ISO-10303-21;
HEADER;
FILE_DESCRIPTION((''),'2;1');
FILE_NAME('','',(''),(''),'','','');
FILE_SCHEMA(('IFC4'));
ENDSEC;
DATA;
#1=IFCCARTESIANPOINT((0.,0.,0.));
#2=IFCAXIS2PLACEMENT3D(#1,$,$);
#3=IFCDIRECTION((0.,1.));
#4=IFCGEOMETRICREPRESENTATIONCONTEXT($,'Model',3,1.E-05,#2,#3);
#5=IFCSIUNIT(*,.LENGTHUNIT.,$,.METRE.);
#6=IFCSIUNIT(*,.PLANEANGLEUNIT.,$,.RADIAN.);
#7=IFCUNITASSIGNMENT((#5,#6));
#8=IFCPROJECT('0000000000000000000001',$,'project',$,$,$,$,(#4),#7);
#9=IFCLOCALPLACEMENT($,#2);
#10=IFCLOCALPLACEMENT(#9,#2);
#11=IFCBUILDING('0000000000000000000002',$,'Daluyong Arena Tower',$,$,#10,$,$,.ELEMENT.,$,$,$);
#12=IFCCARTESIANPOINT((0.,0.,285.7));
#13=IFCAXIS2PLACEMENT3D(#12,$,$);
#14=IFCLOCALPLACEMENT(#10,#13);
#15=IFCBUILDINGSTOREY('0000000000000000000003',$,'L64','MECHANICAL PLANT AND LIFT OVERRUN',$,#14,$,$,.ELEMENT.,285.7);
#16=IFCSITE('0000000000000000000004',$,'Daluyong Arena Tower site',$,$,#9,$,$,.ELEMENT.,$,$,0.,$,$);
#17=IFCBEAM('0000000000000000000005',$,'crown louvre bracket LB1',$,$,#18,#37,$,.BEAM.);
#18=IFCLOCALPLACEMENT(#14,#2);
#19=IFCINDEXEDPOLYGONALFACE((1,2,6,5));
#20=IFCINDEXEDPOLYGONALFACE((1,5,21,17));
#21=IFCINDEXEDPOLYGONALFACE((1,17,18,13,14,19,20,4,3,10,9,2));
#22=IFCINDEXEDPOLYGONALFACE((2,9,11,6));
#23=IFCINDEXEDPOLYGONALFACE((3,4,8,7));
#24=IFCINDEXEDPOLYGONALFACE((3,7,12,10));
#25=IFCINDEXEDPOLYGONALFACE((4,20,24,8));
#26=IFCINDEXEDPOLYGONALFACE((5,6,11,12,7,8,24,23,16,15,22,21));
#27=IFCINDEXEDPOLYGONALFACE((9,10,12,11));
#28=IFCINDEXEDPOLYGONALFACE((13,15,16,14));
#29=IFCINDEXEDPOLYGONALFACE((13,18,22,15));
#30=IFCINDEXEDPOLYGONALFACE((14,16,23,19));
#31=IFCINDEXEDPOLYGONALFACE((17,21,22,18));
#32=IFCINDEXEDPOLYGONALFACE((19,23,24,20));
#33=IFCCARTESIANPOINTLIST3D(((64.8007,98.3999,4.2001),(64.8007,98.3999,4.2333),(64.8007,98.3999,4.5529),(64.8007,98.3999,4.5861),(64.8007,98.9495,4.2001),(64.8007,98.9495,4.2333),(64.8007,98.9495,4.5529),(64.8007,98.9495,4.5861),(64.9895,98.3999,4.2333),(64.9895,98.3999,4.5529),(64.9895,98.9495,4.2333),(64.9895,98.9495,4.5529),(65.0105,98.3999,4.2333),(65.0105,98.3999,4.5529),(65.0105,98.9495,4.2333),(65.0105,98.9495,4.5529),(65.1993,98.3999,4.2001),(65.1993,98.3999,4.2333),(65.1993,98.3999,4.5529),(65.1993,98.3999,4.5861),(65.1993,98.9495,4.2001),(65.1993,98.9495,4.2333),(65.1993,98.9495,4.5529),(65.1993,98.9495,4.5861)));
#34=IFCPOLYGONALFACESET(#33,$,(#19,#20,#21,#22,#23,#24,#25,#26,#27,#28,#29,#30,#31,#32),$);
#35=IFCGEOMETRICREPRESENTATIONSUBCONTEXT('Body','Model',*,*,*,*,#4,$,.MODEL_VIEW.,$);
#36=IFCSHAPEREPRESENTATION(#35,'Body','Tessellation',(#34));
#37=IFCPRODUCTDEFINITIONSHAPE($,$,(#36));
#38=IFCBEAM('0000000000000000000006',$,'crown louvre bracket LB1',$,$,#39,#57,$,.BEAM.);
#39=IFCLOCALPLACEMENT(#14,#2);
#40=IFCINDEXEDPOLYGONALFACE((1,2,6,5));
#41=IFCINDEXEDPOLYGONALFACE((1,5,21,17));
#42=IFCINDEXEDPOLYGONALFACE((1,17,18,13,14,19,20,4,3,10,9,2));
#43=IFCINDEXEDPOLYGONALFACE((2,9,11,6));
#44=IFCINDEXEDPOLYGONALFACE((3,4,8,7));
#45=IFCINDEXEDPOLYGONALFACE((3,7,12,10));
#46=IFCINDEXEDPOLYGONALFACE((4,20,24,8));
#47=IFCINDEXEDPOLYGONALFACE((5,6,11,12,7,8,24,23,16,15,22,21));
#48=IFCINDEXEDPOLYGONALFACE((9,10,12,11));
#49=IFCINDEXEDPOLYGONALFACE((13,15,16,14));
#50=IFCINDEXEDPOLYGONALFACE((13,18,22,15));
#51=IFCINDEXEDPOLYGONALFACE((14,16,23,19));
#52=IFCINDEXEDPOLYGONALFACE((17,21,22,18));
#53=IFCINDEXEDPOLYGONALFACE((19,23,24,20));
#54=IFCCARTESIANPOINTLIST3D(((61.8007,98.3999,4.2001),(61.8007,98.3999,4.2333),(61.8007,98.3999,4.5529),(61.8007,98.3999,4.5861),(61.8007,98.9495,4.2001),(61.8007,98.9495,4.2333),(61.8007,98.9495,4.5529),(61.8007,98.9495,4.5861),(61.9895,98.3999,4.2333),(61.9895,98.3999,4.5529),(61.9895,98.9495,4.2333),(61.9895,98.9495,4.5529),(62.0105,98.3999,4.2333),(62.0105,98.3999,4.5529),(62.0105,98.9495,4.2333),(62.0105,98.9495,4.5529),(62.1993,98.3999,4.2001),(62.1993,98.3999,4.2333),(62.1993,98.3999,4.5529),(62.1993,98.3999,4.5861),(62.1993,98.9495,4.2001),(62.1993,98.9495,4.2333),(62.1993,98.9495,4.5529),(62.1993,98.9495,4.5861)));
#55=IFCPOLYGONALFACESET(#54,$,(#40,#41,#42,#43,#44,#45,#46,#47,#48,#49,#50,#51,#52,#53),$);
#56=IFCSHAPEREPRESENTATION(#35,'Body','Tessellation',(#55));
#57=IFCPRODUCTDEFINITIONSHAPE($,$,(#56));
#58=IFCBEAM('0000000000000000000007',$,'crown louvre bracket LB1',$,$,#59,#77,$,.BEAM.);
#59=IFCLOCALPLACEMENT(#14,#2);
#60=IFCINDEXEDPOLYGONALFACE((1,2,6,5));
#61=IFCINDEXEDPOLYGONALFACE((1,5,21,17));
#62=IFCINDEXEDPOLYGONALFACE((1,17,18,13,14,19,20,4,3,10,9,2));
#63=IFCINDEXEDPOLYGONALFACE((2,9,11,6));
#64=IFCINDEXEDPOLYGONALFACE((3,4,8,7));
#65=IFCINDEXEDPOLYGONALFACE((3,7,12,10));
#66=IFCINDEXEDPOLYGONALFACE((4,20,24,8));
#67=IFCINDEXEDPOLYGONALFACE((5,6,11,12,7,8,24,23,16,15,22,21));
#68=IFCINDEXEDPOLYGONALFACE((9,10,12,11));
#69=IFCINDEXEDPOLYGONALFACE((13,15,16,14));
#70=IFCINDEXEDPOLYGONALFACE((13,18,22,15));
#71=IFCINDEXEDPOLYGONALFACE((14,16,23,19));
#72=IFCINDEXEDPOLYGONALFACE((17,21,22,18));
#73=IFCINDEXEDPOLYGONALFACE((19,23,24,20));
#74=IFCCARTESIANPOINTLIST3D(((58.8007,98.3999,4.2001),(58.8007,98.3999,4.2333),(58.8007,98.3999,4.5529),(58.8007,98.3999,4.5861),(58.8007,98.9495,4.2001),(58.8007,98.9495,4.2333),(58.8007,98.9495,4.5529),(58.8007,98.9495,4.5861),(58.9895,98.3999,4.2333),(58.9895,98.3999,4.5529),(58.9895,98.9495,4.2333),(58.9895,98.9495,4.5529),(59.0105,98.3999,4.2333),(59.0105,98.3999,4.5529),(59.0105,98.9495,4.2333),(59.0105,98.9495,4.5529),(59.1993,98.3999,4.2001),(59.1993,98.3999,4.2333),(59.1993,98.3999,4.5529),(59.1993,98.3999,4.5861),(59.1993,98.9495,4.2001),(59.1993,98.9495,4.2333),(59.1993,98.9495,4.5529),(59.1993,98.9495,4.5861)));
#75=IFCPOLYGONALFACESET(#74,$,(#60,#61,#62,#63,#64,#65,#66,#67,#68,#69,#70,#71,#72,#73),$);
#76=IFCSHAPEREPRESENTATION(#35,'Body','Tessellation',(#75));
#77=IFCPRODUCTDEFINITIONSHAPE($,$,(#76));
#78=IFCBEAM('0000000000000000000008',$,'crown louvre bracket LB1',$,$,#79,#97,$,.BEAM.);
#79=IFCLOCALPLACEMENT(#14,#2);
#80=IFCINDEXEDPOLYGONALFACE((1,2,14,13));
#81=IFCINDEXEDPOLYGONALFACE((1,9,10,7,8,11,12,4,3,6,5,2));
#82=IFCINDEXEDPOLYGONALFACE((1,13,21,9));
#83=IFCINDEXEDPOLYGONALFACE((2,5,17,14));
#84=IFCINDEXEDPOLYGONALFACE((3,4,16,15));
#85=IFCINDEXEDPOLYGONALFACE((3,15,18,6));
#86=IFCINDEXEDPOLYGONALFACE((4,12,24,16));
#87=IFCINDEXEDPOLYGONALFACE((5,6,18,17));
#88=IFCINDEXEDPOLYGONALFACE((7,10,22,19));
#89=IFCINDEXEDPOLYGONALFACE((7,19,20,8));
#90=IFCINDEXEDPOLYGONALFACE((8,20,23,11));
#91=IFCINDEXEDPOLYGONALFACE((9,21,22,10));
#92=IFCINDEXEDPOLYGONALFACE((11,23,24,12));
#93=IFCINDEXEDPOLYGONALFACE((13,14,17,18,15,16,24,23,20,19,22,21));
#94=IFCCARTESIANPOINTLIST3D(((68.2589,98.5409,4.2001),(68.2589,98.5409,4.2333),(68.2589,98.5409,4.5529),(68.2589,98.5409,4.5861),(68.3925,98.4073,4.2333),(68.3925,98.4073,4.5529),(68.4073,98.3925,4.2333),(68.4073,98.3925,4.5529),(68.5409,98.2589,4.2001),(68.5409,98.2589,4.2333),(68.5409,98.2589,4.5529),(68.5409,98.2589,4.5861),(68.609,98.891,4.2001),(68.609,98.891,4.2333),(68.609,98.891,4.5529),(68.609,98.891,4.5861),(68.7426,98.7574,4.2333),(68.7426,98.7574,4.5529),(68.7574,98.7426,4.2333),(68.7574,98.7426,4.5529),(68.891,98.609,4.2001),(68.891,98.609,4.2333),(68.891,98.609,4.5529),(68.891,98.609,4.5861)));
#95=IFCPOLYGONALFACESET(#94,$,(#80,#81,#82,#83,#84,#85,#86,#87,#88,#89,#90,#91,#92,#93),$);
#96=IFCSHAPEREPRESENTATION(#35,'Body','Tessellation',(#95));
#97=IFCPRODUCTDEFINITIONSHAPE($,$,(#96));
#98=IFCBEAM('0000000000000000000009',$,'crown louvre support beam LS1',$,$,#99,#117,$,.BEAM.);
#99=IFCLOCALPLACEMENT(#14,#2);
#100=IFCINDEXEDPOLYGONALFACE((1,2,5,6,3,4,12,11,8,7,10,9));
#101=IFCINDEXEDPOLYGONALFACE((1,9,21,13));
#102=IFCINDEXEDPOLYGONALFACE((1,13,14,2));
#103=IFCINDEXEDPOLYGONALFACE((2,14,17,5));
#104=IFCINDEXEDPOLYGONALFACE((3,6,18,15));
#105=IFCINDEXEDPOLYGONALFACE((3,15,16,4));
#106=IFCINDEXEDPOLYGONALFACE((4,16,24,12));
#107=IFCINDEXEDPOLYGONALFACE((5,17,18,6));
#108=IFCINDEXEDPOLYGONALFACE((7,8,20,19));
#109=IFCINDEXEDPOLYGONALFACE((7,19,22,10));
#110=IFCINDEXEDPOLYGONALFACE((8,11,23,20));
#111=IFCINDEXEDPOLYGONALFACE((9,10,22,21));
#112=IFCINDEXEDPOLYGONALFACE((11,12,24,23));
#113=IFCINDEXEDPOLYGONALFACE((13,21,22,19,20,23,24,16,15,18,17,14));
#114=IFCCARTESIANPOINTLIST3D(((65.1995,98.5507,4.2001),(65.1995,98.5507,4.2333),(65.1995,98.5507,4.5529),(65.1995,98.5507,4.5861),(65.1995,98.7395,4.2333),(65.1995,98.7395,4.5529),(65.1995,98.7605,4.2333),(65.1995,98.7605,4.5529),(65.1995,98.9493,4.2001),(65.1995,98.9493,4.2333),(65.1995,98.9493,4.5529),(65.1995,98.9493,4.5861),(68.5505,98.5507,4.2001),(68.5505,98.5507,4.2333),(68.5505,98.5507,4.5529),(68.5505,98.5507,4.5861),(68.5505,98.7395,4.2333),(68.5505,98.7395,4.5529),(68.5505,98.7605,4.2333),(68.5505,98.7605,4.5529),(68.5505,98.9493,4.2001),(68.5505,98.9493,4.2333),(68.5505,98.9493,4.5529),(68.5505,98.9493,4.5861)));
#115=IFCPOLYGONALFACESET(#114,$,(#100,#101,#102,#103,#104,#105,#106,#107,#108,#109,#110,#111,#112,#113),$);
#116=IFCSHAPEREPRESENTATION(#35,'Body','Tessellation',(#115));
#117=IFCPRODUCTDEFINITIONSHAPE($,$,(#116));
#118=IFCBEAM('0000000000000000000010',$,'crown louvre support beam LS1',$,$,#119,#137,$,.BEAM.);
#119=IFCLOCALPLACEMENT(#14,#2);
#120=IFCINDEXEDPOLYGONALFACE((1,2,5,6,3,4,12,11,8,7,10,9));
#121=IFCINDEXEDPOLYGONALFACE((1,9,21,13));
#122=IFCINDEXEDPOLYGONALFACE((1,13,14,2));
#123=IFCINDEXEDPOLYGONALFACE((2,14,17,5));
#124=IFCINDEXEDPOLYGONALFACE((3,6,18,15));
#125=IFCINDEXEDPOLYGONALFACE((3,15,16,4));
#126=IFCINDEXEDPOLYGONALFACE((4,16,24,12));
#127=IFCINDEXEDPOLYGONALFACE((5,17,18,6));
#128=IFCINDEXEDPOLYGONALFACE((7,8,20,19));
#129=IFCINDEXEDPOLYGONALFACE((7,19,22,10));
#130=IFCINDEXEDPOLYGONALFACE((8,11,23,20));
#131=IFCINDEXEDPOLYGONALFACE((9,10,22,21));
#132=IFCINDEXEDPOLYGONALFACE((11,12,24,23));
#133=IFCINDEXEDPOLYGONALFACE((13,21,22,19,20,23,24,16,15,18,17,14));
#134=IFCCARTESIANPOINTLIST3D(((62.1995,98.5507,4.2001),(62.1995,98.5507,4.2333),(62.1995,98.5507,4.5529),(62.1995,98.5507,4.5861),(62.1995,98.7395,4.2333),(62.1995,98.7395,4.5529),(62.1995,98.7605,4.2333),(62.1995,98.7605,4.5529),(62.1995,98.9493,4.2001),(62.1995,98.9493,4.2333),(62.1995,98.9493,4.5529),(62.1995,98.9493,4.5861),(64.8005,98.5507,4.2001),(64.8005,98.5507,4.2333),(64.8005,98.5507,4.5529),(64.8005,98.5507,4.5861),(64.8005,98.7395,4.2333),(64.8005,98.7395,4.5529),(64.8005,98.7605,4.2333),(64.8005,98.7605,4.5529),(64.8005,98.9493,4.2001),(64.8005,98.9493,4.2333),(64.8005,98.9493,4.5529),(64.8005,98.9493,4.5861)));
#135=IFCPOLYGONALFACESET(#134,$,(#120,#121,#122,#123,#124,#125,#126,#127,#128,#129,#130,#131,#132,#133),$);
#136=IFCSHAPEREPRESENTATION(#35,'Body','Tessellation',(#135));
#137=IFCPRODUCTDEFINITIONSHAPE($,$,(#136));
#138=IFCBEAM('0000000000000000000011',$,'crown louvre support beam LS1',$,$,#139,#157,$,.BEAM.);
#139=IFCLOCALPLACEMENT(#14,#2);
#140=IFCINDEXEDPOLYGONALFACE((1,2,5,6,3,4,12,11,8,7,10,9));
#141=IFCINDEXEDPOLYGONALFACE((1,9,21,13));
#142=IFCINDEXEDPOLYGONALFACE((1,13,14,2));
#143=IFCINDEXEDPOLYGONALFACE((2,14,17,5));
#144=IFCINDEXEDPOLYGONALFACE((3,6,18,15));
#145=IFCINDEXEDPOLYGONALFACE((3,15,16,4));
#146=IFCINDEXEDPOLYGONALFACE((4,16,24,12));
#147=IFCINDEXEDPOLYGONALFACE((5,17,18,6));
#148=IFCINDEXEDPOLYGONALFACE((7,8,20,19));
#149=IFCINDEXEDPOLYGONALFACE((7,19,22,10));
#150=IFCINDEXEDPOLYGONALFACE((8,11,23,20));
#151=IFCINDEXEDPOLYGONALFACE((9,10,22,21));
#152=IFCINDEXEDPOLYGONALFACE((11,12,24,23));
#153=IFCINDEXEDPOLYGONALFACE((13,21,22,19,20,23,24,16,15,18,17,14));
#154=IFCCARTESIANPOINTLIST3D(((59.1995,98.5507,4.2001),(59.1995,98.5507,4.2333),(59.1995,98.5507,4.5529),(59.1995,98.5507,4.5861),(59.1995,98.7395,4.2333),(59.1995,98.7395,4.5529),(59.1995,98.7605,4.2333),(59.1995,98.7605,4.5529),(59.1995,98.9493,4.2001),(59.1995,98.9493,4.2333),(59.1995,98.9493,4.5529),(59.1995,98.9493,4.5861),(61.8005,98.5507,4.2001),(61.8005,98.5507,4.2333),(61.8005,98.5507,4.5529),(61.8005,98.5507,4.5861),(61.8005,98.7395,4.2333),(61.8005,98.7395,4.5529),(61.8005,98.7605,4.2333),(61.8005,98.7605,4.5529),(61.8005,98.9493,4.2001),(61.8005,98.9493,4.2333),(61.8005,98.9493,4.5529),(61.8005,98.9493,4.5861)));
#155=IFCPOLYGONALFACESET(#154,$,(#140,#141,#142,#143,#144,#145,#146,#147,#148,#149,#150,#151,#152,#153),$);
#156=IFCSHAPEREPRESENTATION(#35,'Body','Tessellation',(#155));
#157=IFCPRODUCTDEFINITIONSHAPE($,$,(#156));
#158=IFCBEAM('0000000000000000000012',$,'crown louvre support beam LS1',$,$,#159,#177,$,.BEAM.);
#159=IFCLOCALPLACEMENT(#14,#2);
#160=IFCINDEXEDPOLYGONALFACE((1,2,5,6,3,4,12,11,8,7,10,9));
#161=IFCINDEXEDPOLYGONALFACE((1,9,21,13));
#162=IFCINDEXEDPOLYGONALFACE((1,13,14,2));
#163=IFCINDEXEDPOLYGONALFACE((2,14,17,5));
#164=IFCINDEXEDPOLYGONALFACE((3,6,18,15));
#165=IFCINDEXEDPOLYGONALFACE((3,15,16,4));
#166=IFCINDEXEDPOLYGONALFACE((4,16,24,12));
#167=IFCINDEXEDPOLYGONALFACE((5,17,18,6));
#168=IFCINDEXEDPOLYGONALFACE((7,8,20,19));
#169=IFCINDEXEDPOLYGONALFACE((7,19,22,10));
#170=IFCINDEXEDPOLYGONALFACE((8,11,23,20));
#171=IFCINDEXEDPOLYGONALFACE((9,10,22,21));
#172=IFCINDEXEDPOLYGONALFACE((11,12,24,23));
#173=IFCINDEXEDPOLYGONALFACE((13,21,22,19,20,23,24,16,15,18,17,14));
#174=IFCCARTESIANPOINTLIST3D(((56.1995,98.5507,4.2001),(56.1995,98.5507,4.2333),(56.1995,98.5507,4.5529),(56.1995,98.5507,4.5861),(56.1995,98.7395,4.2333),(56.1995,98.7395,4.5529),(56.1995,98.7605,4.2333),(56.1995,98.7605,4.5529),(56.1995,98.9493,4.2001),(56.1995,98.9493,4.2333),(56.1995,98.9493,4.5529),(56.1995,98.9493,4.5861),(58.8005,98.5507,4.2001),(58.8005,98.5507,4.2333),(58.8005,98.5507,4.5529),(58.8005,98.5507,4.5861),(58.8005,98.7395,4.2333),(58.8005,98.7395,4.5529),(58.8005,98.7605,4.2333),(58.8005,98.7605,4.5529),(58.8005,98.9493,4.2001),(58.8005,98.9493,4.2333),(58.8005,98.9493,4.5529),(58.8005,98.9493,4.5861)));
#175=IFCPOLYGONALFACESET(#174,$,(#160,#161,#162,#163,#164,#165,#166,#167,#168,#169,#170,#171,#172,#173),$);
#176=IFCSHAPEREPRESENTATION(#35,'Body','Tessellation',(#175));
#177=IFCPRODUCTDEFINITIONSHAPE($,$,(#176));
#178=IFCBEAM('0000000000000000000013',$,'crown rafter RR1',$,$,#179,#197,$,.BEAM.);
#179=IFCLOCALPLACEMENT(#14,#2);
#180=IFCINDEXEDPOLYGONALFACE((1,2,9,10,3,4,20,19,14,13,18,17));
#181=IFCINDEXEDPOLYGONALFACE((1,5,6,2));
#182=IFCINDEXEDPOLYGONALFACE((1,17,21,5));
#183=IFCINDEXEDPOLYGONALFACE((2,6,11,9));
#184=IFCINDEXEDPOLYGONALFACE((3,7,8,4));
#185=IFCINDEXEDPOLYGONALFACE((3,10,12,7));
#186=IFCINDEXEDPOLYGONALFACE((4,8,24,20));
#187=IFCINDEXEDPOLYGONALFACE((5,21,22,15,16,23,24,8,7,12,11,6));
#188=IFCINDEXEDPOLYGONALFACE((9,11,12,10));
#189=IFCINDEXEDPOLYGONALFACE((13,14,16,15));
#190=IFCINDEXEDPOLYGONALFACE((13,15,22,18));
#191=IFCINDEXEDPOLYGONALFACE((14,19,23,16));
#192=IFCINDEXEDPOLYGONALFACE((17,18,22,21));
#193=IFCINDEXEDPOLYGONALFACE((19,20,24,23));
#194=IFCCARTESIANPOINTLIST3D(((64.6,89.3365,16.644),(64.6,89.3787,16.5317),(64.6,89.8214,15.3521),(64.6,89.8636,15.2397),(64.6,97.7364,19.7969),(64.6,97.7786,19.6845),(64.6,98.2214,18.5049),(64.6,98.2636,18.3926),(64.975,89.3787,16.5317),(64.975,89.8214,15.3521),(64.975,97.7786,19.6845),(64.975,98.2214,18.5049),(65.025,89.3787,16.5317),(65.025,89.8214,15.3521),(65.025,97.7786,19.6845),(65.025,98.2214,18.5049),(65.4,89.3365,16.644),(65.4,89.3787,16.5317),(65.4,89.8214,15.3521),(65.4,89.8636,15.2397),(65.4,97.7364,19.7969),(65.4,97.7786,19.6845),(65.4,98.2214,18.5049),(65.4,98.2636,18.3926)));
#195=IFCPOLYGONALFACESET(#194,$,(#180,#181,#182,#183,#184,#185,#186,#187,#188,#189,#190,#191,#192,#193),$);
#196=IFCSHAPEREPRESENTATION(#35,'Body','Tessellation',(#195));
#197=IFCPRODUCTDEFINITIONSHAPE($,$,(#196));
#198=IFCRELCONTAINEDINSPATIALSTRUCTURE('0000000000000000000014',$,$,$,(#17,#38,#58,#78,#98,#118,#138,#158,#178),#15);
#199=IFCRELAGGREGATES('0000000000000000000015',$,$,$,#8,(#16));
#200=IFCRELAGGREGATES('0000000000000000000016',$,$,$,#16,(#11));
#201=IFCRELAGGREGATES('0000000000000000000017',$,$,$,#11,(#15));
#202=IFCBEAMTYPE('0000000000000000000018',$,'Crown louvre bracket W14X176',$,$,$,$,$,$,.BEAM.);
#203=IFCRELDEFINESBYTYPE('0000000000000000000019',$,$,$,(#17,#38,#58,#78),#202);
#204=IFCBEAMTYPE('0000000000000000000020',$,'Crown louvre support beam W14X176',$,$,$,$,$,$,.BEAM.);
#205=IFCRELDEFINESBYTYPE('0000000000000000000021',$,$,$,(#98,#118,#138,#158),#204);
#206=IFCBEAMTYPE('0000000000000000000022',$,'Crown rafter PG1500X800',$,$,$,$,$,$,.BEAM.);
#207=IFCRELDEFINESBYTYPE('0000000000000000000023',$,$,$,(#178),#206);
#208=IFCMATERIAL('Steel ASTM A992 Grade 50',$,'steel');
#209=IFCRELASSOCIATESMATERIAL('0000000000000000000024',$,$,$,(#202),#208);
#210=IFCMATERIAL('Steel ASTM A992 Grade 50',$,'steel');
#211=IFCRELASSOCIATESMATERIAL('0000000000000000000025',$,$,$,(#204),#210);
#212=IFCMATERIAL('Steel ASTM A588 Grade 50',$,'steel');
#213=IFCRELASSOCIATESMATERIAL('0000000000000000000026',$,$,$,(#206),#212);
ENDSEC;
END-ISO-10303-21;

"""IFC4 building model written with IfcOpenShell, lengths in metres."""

from ifc_helpers import new_model, si_unit, direction, frame, origin, origin_2d, place, context, subcontext, project, spatial, i_section, extrude, material, material_profile, profile_set, type_object, element, save


model = new_model("IFC4")

# Units and contexts
model_context = context("Model", 3, precision=1e-05, world=origin(), true_north=direction((0.0, 1.0)))
body_context = subcontext(model_context, "Body", "Model", "MODEL_VIEW")
ifc_project = project(units=[si_unit("LENGTHUNIT", "METRE"), si_unit("PLANEANGLEUNIT", "RADIAN")], contexts=[model_context])

# Site, building, storey
site_placement = place(None, origin())
site = spatial("IfcSite", under=ifc_project, at=site_placement, Name="Daluyong Arena Tower site", CompositionType="ELEMENT", RefElevation=0.0)
building_placement = place(site_placement, origin())
building = spatial("IfcBuilding", under=site, at=building_placement, Name="Daluyong Arena Tower", CompositionType="ELEMENT")
storey_placement = place(building_placement, frame((0.0, 0.0, 285.7)))
storey = spatial("IfcBuildingStorey", under=building, at=storey_placement, Name="L64", Description="MECHANICAL PLANT AND LIFT OVERRUN", CompositionType="ELEMENT", Elevation=285.7)

# Beams
ifc_material_1 = material(Name="Steel ASTM A992 Grade 50", Category="steel")
ifc_material_profile_1 = material_profile(ifc_material_1, i_section(OverallWidth=0.3987, OverallDepth=0.386, WebThickness=0.021, FlangeThickness=0.0332, at=origin_2d()))
ifc_profile_set_1 = profile_set([ifc_material_profile_1], Name="Steel ASTM A992 Grade 50")
beam_type_1 = type_object("IfcBeamType", Name="Crown louvre bracket W14X176", PredefinedType="BEAM", material=ifc_profile_set_1)
for number, where, z_axis, x_axis, name in (
    (1, (65.0, 98.3999, 4.3931), (0.0, 1.0, 0.0), (-1.0, 0.0, 0.0), "crown louvre bracket LB1"),
    (2, (62.0, 98.3999, 4.3931), (0.0, 1.0, 0.0), (-1.0, 0.0, 0.0), "crown louvre bracket LB1"),
    (3, (59.0, 98.3999, 4.3931), (0.0, 1.0, 0.0), (-1.0, 0.0, 0.0), "crown louvre bracket LB1"),
):
    element("IfcBeam", number, at=place(storey_placement, frame(where, z_axis=z_axis, x_axis=x_axis)), inside=storey, type_object=beam_type_1, Name=name, PredefinedType="BEAM", context=body_context, shape_type="SweptSolid", body=[
        extrude(i_section(OverallWidth=0.3987, OverallDepth=0.386, WebThickness=0.021, FlangeThickness=0.0332, at=origin_2d()), origin(), (0.0, 0.0, 1.0), 0.5496),
    ])
beam_1_placement = place(storey_placement, frame((68.3999, 98.3999, 4.3931), z_axis=(0.707107, 0.707107, 0.0), x_axis=(-0.707107, 0.707107, 0.0)))
element("IfcBeam", 4, at=beam_1_placement, inside=storey, type_object=beam_type_1, Name="crown louvre bracket LB1", PredefinedType="BEAM", context=body_context, shape_type="SweptSolid", body=[
    extrude(i_section(OverallWidth=0.3987, OverallDepth=0.386, WebThickness=0.021, FlangeThickness=0.0332, at=origin_2d()), origin(), (0.0, 0.0, 1.0), 0.4951),
])
ifc_material_2 = material(Name="Steel ASTM A992 Grade 50", Category="steel")
ifc_material_profile_2 = material_profile(ifc_material_2, i_section(OverallWidth=0.3987, OverallDepth=0.386, WebThickness=0.021, FlangeThickness=0.0332, at=origin_2d()))
ifc_profile_set_2 = profile_set([ifc_material_profile_2], Name="Steel ASTM A992 Grade 50")
beam_type_2 = type_object("IfcBeamType", Name="Crown louvre support beam W14X176", PredefinedType="BEAM", material=ifc_profile_set_2)
beam_2_placement = place(storey_placement, frame((68.5505, 98.75, 4.3931), z_axis=(-1.0, 0.0, 0.0), x_axis=(0.0, -1.0, 0.0)))
element("IfcBeam", 5, at=beam_2_placement, inside=storey, type_object=beam_type_2, Name="crown louvre support beam LS1", PredefinedType="BEAM", context=body_context, shape_type="SweptSolid", body=[
    extrude(i_section(OverallWidth=0.3987, OverallDepth=0.386, WebThickness=0.021, FlangeThickness=0.0332, at=origin_2d()), origin(), (0.0, 0.0, 1.0), 3.3511),
])
for number, where, z_axis, x_axis, name in (
    (6, (64.8005, 98.75, 4.3931), (-1.0, 0.0, 0.0), (0.0, -1.0, 0.0), "crown louvre support beam LS1"),
    (7, (61.8005, 98.75, 4.3931), (-1.0, 0.0, 0.0), (0.0, -1.0, 0.0), "crown louvre support beam LS1"),
    (8, (58.8005, 98.75, 4.3931), (-1.0, 0.0, 0.0), (0.0, -1.0, 0.0), "crown louvre support beam LS1"),
):
    element("IfcBeam", number, at=place(storey_placement, frame(where, z_axis=z_axis, x_axis=x_axis)), inside=storey, type_object=beam_type_2, Name=name, PredefinedType="BEAM", context=body_context, shape_type="SweptSolid", body=[
        extrude(i_section(OverallWidth=0.3987, OverallDepth=0.386, WebThickness=0.021, FlangeThickness=0.0332, at=origin_2d()), origin(), (0.0, 0.0, 1.0), 2.6011),
    ])
ifc_material_3 = material(Name="Steel ASTM A588 Grade 50", Category="steel")
ifc_material_profile_3 = material_profile(ifc_material_3, i_section(OverallWidth=0.8, OverallDepth=1.5, WebThickness=0.05, FlangeThickness=0.12, at=origin_2d()))
ifc_profile_set_3 = profile_set([ifc_material_profile_3], Name="Steel ASTM A588 Grade 50")
beam_type_3 = type_object("IfcBeamType", Name="Crown rafter PG1500X800", PredefinedType="BEAM", material=ifc_profile_set_3)
for number, where, z_axis, x_axis, name in (
    (9, (65.0, 98.0, 19.0947), (0.0, -0.936224, -0.351404), (1.0, 0.0, 0.0), "crown rafter RR1"),
):
    element("IfcBeam", number, at=place(storey_placement, frame(where, z_axis=z_axis, x_axis=x_axis)), inside=storey, type_object=beam_type_3, Name=name, PredefinedType="BEAM", context=body_context, shape_type="SweptSolid", body=[
        extrude(i_section(OverallWidth=0.8, OverallDepth=1.5, WebThickness=0.05, FlangeThickness=0.12, at=origin_2d()), origin(), (0.0, 0.0, 1.0), 8.9722),
    ])

save(model, "model.ifc")
